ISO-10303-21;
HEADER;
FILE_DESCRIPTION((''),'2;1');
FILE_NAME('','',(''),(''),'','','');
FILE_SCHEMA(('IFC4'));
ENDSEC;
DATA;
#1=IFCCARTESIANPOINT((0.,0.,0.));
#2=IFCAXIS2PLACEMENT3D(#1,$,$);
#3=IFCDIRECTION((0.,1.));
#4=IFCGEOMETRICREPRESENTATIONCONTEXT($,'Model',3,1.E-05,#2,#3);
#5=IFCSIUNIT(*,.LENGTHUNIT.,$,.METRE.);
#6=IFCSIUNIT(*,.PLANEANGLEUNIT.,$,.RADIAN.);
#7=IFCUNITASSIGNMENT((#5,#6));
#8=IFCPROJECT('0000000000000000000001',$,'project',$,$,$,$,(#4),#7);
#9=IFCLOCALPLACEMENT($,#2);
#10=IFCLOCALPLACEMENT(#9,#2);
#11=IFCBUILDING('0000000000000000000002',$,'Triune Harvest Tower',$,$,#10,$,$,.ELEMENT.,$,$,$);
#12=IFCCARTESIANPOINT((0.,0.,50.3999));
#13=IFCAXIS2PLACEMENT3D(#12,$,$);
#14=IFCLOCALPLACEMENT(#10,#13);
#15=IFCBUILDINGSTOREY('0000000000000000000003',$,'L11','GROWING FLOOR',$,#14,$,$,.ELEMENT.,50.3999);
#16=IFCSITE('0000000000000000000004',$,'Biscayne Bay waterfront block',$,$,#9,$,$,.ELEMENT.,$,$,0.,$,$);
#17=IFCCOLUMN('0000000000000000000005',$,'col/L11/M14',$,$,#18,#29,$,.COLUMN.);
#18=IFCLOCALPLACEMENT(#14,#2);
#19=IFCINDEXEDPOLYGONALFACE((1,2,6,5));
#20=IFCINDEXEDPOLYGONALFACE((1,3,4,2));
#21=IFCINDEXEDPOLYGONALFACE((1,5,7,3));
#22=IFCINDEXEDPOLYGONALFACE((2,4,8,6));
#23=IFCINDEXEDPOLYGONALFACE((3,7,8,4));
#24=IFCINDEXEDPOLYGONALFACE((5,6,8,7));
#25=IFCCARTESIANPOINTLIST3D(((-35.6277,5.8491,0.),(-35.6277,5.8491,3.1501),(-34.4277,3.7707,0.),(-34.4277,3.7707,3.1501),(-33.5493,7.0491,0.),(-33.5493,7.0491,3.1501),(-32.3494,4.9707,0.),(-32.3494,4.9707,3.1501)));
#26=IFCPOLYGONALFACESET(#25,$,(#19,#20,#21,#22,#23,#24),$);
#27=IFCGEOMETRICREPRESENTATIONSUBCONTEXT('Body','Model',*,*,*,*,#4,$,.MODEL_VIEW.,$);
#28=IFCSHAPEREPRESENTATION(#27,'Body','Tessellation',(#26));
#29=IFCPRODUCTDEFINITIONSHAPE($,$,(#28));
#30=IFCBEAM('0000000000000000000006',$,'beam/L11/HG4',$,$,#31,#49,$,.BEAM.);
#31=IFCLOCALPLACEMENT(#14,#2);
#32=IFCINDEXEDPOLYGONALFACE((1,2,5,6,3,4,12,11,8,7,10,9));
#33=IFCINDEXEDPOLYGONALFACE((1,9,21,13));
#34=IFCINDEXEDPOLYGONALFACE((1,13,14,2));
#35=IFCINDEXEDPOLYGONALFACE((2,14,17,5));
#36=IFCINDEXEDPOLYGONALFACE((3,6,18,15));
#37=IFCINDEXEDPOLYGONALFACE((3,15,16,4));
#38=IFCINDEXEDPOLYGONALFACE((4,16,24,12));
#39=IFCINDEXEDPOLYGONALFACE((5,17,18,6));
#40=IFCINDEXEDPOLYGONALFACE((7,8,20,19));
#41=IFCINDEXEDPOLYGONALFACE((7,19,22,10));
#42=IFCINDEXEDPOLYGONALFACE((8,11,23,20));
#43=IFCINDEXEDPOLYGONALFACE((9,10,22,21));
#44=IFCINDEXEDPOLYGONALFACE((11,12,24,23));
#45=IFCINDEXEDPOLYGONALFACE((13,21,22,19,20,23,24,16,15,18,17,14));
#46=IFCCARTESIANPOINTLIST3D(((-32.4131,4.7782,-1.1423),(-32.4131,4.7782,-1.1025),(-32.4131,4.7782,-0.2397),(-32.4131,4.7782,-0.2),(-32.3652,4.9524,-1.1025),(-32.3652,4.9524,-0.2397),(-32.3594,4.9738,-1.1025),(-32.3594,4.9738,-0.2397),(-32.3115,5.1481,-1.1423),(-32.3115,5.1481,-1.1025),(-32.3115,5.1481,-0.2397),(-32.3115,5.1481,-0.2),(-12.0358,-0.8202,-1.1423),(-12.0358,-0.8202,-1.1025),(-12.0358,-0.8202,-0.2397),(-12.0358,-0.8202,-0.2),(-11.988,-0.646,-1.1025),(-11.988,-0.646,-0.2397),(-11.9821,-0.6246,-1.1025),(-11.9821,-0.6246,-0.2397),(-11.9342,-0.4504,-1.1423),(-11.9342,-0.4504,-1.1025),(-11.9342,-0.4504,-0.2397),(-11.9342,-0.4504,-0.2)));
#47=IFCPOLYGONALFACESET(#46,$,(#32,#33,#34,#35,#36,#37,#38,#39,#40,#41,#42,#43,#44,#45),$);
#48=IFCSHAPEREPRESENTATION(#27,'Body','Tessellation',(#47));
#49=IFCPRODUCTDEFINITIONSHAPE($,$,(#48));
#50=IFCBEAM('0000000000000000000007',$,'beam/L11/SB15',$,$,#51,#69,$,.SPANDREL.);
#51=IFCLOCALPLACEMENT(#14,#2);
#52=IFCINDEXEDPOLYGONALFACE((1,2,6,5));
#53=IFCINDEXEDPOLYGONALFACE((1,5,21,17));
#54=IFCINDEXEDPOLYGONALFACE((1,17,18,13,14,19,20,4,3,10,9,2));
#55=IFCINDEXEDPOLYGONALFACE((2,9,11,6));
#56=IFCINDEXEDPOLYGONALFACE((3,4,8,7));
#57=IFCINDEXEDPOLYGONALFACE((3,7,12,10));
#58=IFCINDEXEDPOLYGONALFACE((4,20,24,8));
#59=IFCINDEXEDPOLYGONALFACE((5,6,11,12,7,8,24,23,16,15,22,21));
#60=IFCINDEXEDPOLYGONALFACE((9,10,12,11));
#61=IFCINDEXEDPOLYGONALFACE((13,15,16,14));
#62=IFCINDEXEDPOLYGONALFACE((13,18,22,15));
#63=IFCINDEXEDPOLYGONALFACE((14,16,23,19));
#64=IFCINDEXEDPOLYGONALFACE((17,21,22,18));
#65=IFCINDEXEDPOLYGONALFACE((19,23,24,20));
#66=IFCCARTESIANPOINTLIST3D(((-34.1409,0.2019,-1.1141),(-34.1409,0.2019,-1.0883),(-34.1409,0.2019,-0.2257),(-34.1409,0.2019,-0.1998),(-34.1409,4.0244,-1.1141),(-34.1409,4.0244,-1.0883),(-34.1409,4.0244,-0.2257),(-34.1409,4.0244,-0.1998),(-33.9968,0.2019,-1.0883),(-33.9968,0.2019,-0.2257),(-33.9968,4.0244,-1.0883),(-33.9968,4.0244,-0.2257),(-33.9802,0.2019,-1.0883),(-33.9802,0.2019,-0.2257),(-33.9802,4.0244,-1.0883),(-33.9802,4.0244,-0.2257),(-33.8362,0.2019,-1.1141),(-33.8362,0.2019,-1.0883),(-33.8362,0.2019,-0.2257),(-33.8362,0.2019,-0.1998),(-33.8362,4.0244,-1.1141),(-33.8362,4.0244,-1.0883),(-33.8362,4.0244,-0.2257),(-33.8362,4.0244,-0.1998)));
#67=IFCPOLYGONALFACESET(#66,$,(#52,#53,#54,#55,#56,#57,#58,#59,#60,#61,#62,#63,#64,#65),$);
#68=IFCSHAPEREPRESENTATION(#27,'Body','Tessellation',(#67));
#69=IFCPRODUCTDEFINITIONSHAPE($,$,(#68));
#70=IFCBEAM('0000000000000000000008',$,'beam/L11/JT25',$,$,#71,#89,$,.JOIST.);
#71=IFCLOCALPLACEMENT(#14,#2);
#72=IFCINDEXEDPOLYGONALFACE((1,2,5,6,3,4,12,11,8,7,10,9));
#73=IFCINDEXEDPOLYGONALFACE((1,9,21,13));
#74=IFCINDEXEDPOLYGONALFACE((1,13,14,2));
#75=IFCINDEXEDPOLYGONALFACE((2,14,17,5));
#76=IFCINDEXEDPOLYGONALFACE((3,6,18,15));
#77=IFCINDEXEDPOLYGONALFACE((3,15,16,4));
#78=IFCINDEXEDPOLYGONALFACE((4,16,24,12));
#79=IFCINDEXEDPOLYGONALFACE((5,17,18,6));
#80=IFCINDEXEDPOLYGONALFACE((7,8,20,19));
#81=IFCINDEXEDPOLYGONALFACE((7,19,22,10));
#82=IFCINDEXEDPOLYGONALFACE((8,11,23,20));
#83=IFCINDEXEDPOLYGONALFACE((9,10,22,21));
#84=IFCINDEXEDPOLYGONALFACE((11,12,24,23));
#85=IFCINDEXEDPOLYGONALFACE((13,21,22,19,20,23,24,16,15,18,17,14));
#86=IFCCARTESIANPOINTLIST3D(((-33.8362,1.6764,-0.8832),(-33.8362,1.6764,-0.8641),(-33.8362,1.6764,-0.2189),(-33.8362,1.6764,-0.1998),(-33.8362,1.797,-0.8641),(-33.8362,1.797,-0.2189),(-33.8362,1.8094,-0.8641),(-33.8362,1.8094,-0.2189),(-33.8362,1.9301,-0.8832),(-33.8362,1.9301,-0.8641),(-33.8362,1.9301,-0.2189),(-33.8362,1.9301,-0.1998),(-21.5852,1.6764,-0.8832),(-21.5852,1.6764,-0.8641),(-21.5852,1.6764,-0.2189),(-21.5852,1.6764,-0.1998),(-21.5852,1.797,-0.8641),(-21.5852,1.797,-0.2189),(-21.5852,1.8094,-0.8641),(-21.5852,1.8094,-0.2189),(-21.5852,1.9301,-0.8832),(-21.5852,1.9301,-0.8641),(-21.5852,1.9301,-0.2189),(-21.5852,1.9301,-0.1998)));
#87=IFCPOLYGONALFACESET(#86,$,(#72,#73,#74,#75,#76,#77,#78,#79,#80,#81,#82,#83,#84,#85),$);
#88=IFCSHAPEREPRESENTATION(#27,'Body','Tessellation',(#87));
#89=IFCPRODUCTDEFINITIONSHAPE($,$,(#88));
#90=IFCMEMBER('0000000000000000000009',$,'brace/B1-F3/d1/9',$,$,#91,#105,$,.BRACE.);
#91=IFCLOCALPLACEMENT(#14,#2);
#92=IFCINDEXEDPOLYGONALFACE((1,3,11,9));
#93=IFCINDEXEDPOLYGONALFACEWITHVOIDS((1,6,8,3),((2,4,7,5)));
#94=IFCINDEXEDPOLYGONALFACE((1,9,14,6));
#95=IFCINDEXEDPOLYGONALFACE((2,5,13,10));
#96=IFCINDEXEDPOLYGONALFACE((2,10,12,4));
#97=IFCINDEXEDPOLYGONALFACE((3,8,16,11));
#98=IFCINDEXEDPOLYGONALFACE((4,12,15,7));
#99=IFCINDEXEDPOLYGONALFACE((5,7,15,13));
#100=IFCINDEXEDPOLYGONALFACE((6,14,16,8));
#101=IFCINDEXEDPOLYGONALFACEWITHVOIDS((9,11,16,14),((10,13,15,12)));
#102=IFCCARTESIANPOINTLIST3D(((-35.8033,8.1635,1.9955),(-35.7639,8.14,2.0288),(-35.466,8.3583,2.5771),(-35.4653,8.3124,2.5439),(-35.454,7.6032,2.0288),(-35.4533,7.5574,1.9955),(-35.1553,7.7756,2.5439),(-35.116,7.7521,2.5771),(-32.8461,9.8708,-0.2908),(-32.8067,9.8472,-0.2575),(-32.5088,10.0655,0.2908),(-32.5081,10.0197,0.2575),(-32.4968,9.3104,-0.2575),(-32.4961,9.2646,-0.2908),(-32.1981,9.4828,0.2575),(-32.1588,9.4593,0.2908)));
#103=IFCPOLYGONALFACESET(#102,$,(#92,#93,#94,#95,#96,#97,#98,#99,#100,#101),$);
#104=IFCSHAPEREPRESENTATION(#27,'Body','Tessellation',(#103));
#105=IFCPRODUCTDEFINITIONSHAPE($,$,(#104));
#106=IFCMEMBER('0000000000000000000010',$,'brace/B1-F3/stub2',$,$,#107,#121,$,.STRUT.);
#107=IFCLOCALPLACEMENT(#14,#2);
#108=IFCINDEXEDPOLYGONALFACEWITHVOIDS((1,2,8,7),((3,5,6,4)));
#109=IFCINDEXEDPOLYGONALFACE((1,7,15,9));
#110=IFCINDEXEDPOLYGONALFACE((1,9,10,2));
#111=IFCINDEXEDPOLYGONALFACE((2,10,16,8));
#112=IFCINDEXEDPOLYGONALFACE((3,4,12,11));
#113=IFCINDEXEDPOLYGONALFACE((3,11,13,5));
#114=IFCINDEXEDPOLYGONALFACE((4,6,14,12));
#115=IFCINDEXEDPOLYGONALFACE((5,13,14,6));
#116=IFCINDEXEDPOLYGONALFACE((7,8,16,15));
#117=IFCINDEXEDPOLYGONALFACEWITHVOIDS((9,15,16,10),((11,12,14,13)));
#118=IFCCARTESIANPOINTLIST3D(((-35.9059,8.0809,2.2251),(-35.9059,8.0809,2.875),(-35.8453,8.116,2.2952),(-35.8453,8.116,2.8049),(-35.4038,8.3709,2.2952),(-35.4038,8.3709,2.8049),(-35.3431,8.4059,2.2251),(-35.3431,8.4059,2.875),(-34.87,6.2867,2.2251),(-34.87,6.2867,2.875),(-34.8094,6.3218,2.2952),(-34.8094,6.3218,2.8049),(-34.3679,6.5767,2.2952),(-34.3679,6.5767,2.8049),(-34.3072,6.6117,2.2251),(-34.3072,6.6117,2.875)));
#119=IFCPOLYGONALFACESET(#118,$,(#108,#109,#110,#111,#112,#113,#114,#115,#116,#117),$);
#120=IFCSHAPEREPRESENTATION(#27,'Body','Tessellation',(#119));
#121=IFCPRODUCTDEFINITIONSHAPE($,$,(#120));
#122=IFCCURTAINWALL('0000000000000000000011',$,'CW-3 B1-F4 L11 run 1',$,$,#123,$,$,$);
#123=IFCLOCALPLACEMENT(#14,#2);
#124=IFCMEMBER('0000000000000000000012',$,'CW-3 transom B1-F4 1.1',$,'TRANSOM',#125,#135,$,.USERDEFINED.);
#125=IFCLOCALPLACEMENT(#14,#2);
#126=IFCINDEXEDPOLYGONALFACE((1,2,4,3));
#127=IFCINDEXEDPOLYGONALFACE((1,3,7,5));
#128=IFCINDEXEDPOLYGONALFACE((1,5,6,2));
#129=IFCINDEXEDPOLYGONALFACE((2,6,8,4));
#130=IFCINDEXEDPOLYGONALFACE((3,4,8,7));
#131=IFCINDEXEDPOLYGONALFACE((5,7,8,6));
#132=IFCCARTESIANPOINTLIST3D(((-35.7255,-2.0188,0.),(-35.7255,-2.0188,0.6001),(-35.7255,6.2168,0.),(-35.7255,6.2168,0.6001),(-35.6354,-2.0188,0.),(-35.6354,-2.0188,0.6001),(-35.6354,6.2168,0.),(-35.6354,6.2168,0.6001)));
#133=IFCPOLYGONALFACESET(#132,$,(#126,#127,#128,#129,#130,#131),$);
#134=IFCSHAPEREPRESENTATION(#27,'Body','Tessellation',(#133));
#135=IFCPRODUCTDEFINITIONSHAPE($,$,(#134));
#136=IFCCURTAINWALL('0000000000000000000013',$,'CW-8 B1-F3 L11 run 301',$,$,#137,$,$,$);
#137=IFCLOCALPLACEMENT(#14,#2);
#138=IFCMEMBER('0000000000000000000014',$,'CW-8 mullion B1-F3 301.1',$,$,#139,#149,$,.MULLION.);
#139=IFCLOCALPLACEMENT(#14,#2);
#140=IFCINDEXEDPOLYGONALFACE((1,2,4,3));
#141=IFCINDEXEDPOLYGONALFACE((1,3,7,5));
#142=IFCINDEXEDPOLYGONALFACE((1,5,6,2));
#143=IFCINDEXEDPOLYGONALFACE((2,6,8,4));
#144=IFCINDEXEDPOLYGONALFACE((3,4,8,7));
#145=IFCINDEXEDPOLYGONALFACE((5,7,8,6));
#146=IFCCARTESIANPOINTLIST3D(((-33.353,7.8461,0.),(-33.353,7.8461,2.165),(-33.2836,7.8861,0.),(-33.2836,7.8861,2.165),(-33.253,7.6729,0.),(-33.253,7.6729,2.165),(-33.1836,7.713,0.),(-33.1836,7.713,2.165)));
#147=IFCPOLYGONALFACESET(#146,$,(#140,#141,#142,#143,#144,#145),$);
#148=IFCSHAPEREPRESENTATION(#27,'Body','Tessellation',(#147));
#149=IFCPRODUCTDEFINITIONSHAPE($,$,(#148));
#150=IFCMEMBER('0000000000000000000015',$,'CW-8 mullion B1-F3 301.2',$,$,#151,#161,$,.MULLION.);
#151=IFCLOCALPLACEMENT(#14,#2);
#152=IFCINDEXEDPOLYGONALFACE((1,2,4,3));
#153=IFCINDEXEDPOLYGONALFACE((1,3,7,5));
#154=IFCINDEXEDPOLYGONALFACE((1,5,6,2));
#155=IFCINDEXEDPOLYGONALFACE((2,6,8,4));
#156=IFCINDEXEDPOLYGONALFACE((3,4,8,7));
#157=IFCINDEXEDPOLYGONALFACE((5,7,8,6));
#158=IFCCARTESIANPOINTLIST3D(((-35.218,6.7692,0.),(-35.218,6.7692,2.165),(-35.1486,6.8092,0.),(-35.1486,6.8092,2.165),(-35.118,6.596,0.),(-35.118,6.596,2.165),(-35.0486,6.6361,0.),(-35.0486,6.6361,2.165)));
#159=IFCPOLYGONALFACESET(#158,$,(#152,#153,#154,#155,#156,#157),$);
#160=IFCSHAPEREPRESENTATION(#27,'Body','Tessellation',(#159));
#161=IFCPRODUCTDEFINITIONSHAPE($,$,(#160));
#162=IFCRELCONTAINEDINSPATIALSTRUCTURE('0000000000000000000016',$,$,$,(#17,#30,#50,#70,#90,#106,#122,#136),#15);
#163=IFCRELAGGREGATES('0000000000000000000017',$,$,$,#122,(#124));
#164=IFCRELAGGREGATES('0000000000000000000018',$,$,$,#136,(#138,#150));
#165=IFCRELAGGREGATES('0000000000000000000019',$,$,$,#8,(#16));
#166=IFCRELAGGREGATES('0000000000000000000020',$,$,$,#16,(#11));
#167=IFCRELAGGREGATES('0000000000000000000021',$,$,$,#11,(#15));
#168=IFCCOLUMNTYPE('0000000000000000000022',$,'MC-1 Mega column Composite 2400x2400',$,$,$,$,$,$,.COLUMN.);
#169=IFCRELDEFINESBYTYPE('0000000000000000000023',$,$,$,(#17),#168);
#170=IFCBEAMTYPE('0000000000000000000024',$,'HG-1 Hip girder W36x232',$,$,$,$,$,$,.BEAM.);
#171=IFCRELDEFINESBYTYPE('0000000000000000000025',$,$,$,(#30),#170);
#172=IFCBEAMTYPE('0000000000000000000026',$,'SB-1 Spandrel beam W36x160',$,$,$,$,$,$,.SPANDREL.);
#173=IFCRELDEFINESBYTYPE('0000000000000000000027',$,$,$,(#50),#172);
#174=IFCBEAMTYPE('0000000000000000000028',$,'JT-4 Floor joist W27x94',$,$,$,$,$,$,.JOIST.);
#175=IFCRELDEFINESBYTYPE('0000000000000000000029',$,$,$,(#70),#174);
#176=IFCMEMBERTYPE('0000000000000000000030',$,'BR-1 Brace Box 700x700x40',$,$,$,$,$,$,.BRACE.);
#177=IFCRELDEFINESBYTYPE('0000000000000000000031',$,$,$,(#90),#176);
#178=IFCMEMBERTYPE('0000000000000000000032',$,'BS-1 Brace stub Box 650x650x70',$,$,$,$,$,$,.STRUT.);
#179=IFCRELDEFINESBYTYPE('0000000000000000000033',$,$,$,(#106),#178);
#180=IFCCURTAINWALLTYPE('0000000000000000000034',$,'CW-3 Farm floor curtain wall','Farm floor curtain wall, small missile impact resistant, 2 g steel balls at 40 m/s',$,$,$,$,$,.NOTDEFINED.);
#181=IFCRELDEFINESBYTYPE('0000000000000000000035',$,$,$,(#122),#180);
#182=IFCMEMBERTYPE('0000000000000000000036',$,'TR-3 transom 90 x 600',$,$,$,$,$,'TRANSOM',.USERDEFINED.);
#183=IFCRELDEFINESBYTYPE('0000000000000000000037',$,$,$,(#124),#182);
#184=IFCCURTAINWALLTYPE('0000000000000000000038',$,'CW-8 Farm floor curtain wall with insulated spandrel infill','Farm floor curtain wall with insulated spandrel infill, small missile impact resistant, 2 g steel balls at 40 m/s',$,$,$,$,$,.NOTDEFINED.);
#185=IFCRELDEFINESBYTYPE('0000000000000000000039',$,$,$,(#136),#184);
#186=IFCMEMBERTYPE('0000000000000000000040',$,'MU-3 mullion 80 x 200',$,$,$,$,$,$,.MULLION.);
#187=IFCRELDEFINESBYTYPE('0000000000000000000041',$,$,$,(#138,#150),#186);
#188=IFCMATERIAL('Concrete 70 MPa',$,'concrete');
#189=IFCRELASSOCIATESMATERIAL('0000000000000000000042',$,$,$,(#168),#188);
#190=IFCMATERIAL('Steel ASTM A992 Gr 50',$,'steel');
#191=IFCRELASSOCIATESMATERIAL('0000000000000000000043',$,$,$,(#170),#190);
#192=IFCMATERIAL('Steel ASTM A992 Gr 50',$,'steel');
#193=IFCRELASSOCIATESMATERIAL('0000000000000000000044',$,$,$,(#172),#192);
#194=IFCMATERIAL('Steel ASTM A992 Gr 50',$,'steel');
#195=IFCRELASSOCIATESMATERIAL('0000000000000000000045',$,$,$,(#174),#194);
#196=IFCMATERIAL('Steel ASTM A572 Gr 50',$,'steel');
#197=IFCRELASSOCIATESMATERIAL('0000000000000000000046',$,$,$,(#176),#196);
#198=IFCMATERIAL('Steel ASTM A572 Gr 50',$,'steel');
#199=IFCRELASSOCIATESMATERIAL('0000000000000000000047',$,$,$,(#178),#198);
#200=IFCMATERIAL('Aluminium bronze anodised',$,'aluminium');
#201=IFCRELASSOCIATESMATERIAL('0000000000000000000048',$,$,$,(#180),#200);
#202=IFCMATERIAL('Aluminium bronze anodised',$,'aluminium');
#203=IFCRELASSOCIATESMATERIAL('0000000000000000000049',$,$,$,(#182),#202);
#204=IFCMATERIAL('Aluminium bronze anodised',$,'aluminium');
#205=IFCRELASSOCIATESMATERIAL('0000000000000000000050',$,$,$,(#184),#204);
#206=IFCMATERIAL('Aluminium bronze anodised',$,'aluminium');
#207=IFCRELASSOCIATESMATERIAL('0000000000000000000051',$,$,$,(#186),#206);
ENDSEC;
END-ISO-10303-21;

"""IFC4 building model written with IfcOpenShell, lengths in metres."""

from ifc_helpers import new_model, si_unit, direction, frame, origin, origin_2d, place, context, subcontext, project, spatial, rectangle, hollow_rectangle, i_section, extrude, source, transform, mapped, material, material_profile, profile_set, type_object, element, aggregate, save


model = new_model("IFC4")

# Units and contexts
model_context = context("Model", 3, precision=1e-05, world=origin(), true_north=direction((0.0, 1.0)))
body_context = subcontext(model_context, "Body", "Model", "MODEL_VIEW")
ifc_project = project(units=[si_unit("LENGTHUNIT", "METRE"), si_unit("PLANEANGLEUNIT", "RADIAN")], contexts=[model_context])

# Site, building, storey
site_placement = place(None, origin())
site = spatial("IfcSite", under=ifc_project, at=site_placement, Name="Biscayne Bay waterfront block", CompositionType="ELEMENT", RefElevation=0.0)
building_placement = place(site_placement, origin())
building = spatial("IfcBuilding", under=site, at=building_placement, Name="Triune Harvest Tower", CompositionType="ELEMENT")
storey_placement = place(building_placement, frame((0.0, 0.0, 50.3999)))
storey = spatial("IfcBuildingStorey", under=building, at=storey_placement, Name="L11", Description="GROWING FLOOR", CompositionType="ELEMENT", Elevation=50.3999)

# Column
ifc_material_1 = material(Name="Concrete 70 MPa", Category="concrete")
ifc_material_profile_1 = material_profile(ifc_material_1, rectangle(XDim=2.3999, YDim=2.3999, at=origin_2d()), Name="Composite 2400x2400")
ifc_profile_set_1 = profile_set([ifc_material_profile_1], Name="Concrete 70 MPa")
column_type = type_object("IfcColumnType", Name="MC-1 Mega column Composite 2400x2400", PredefinedType="COLUMN", material=ifc_profile_set_1)
shared_shape_1 = source(origin(), body_context, "Body", "SweptSolid", [
    extrude(rectangle(XDim=2.3999, YDim=2.3999, at=origin_2d()), origin(), (0.0, 0.0, 1.0), 3.1501),
])
column_placement = place(storey_placement, frame((-33.9885, 5.4099, 0.0), z_axis=(0.0, 0.0, 1.0), x_axis=(-0.866025, -0.5, 0.0)))
element("IfcColumn", 1, at=column_placement, inside=storey, type_object=column_type, Name="col/L11/M14", PredefinedType="COLUMN", context=body_context, shape_type="MappedRepresentation", body=[
    mapped(shared_shape_1, transform((0.0, 0.0, 0.0), scale=1.0)),
])

# Beams
ifc_material_2 = material(Name="Steel ASTM A992 Gr 50", Category="steel")
ifc_material_profile_2 = material_profile(ifc_material_2, i_section(OverallWidth=0.3835, OverallDepth=0.9424, WebThickness=0.0222, FlangeThickness=0.0398, at=origin_2d()), Name="W36x232")
ifc_profile_set_2 = profile_set([ifc_material_profile_2], Name="Steel ASTM A992 Gr 50")
beam_type_1 = type_object("IfcBeamType", Name="HG-1 Hip girder W36x232", PredefinedType="BEAM", material=ifc_profile_set_2)
shared_shape_2 = source(origin(), body_context, "Body", "SweptSolid", [
    extrude(i_section(OverallWidth=0.3835, OverallDepth=0.9424, WebThickness=0.0222, FlangeThickness=0.0398, at=origin_2d()), origin(), (0.0, 0.0, 1.0), 21.1323),
])
beam_1_placement = place(storey_placement, frame((-32.3623, 4.9631, -0.6711), z_axis=(0.96427, -0.264922, 0.0), x_axis=(0.264922, 0.96427, 0.0)))
element("IfcBeam", 2, at=beam_1_placement, inside=storey, type_object=beam_type_1, Name="beam/L11/HG4", PredefinedType="BEAM", context=body_context, shape_type="MappedRepresentation", body=[
    mapped(shared_shape_2, transform((0.0, 0.0, 0.0), scale=1.0)),
])
ifc_material_3 = material(Name="Steel ASTM A992 Gr 50", Category="steel")
ifc_material_profile_3 = material_profile(ifc_material_3, i_section(OverallWidth=0.3047, OverallDepth=0.9143, WebThickness=0.0166, FlangeThickness=0.0259, at=origin_2d()), Name="W36x160")
ifc_profile_set_3 = profile_set([ifc_material_profile_3], Name="Steel ASTM A992 Gr 50")
beam_type_2 = type_object("IfcBeamType", Name="SB-1 Spandrel beam W36x160", PredefinedType="SPANDREL", material=ifc_profile_set_3)
shared_shape_3 = source(origin(), body_context, "Body", "SweptSolid", [
    extrude(i_section(OverallWidth=0.3047, OverallDepth=0.9143, WebThickness=0.0166, FlangeThickness=0.0259, at=origin_2d()), origin(), (0.0, 0.0, 1.0), 3.8225),
])
beam_2_placement = place(storey_placement, frame((-33.9885, 4.0244, -0.657), z_axis=(0.0, -1.0, 0.0), x_axis=(1.0, 0.0, 0.0)))
element("IfcBeam", 3, at=beam_2_placement, inside=storey, type_object=beam_type_2, Name="beam/L11/SB15", PredefinedType="SPANDREL", context=body_context, shape_type="MappedRepresentation", body=[
    mapped(shared_shape_3, transform((0.0, 0.0, 0.0), scale=1.0)),
])
ifc_material_4 = material(Name="Steel ASTM A992 Gr 50", Category="steel")
ifc_material_profile_4 = material_profile(ifc_material_4, i_section(OverallWidth=0.2537, OverallDepth=0.6833, WebThickness=0.0125, FlangeThickness=0.019, at=origin_2d()), Name="W27x94")
ifc_profile_set_4 = profile_set([ifc_material_profile_4], Name="Steel ASTM A992 Gr 50")
beam_type_3 = type_object("IfcBeamType", Name="JT-4 Floor joist W27x94", PredefinedType="JOIST", material=ifc_profile_set_4)
shared_shape_4 = source(origin(), body_context, "Body", "SweptSolid", [
    extrude(i_section(OverallWidth=0.2537, OverallDepth=0.6833, WebThickness=0.0125, FlangeThickness=0.019, at=origin_2d()), origin(), (0.0, 0.0, 1.0), 12.251),
])
beam_3_placement = place(storey_placement, frame((-33.8362, 1.8032, -0.5415), z_axis=(1.0, 0.0, 0.0), x_axis=(0.0, 1.0, 0.0)))
element("IfcBeam", 4, at=beam_3_placement, inside=storey, type_object=beam_type_3, Name="beam/L11/JT25", PredefinedType="JOIST", context=body_context, shape_type="MappedRepresentation", body=[
    mapped(shared_shape_4, transform((0.0, 0.0, 0.0), scale=1.0)),
])

# Members
ifc_material_5 = material(Name="Steel ASTM A572 Gr 50", Category="steel")
ifc_material_profile_5 = material_profile(ifc_material_5, hollow_rectangle(XDim=0.7, YDim=0.7, WallThickness=0.04, at=origin_2d()), Name="Box 700x700x40")
ifc_profile_set_5 = profile_set([ifc_material_profile_5], Name="Steel ASTM A572 Gr 50")
member_type_1 = type_object("IfcMemberType", Name="BR-1 Brace Box 700x700x40", PredefinedType="BRACE", material=ifc_profile_set_5)
shared_shape_5 = source(origin(), body_context, "Body", "SweptSolid", [
    extrude(hollow_rectangle(XDim=0.7, YDim=0.7, WallThickness=0.04, at=origin_2d()), origin(), (0.0, 0.0, 1.0), 4.1094),
])
member_1_placement = place(storey_placement, frame((-32.5024, 9.665, 0.0), z_axis=(-0.719624, -0.415449, 0.556367), x_axis=(0.499976, -0.866039, 0.0)))
element("IfcMember", 5, at=member_1_placement, inside=storey, type_object=member_type_1, Name="brace/B1-F3/d1/9", PredefinedType="BRACE", context=body_context, shape_type="MappedRepresentation", body=[
    mapped(shared_shape_5, transform((0.0, 0.0, 0.0), scale=1.0)),
])
ifc_material_6 = material(Name="Steel ASTM A572 Gr 50", Category="steel")
ifc_material_profile_6 = material_profile(ifc_material_6, hollow_rectangle(XDim=0.6499, YDim=0.6499, WallThickness=0.0701, at=origin_2d()), Name="Box 650x650x70")
ifc_profile_set_6 = profile_set([ifc_material_profile_6], Name="Steel ASTM A572 Gr 50")
member_type_2 = type_object("IfcMemberType", Name="BS-1 Brace stub Box 650x650x70", PredefinedType="STRUT", material=ifc_profile_set_6)
shared_shape_6 = source(origin(), body_context, "Body", "SweptSolid", [
    extrude(hollow_rectangle(XDim=0.6499, YDim=0.6499, WallThickness=0.0701, at=origin_2d()), origin(), (0.0, 0.0, 1.0), 2.0718),
])
member_2_placement = place(storey_placement, frame((-34.5886, 6.4492, 2.55), z_axis=(-0.500005, 0.866023, 0.0), x_axis=(-0.866023, -0.500005, 0.0)))
element("IfcMember", 6, at=member_2_placement, inside=storey, type_object=member_type_2, Name="brace/B1-F3/stub2", PredefinedType="STRUT", context=body_context, shape_type="MappedRepresentation", body=[
    mapped(shared_shape_6, transform((0.0, 0.0, 0.0), scale=1.0)),
])

# Curtain wall, member
ifc_material_7 = material(Name="Aluminium bronze anodised", Category="aluminium")
curtain_wall_type_1 = type_object("IfcCurtainWallType", Name="CW-3 Farm floor curtain wall", Description="Farm floor curtain wall, small missile impact resistant, 2 g steel balls at 40 m/s", PredefinedType="NOTDEFINED", material=ifc_material_7)
curtain_wall_1_placement = place(storey_placement, origin())
curtain_wall_1 = element("IfcCurtainWall", 7, at=curtain_wall_1_placement, inside=storey, type_object=curtain_wall_type_1, Name="CW-3 B1-F4 L11 run 1")
ifc_material_8 = material(Name="Aluminium bronze anodised", Category="aluminium")
ifc_material_profile_7 = material_profile(ifc_material_8, rectangle(XDim=0.0901, YDim=0.6001, at=origin_2d()), Name="TR-3 transom 90 x 600")
ifc_profile_set_7 = profile_set([ifc_material_profile_7], Name="Aluminium bronze anodised")
member_type_3 = type_object("IfcMemberType", Name="TR-3 transom 90 x 600", ElementType="TRANSOM", PredefinedType="USERDEFINED", material=ifc_profile_set_7)
shared_shape_7 = source(origin(), body_context, "Body", "SweptSolid", [
    extrude(rectangle(XDim=0.0901, YDim=0.6001, at=origin_2d()), origin(), (0.0, 0.0, 1.0), 8.2356),
])
member_3_placement = place(storey_placement, frame((-35.6804, 6.2168, 0.3), z_axis=(0.0, -1.0, 0.0), x_axis=(1.0, 0.0, 0.0)))
member_3 = element("IfcMember", 8, at=member_3_placement, type_object=member_type_3, Name="CW-3 transom B1-F4 1.1", ObjectType="TRANSOM", PredefinedType="USERDEFINED", context=body_context, shape_type="MappedRepresentation", body=[
    mapped(shared_shape_7, transform((0.0, 0.0, 0.0), scale=1.0)),
])

# Curtain wall, members
ifc_material_9 = material(Name="Aluminium bronze anodised", Category="aluminium")
curtain_wall_type_2 = type_object("IfcCurtainWallType", Name="CW-8 Farm floor curtain wall with insulated spandrel infill", Description="Farm floor curtain wall with insulated spandrel infill, small missile impact resistant, 2 g steel balls at 40 m/s", PredefinedType="NOTDEFINED", material=ifc_material_9)
curtain_wall_2_placement = place(storey_placement, origin())
curtain_wall_2 = element("IfcCurtainWall", 9, at=curtain_wall_2_placement, inside=storey, type_object=curtain_wall_type_2, Name="CW-8 B1-F3 L11 run 301")
ifc_material_10 = material(Name="Aluminium bronze anodised", Category="aluminium")
ifc_material_profile_8 = material_profile(ifc_material_10, rectangle(XDim=0.2, YDim=0.0801, at=origin_2d()), Name="MU-3 mullion 80 x 200")
ifc_profile_set_8 = profile_set([ifc_material_profile_8], Name="Aluminium bronze anodised")
member_type_4 = type_object("IfcMemberType", Name="MU-3 mullion 80 x 200", PredefinedType="MULLION", material=ifc_profile_set_8)
shared_shape_8 = source(origin(), body_context, "Body", "SweptSolid", [
    extrude(rectangle(XDim=0.2, YDim=0.0801, at=origin_2d()), origin(), (0.0, 0.0, 1.0), 2.165),
])
member_4_placement = place(storey_placement, frame((-33.2683, 7.7795, 0.0), z_axis=(0.0, 0.0, 1.0), x_axis=(0.499991, -0.866031, 0.0)))
member_4 = element("IfcMember", 10, at=member_4_placement, type_object=member_type_4, Name="CW-8 mullion B1-F3 301.1", PredefinedType="MULLION", context=body_context, shape_type="MappedRepresentation", body=[
    mapped(shared_shape_8, transform((0.0, 0.0, 0.0), scale=1.0)),
])
member_5_placement = place(storey_placement, frame((-35.1333, 6.7026, 0.0), z_axis=(0.0, 0.0, 1.0), x_axis=(0.499991, -0.866031, 0.0)))
member_5 = element("IfcMember", 11, at=member_5_placement, type_object=member_type_4, Name="CW-8 mullion B1-F3 301.2", PredefinedType="MULLION", context=body_context, shape_type="MappedRepresentation", body=[
    mapped(shared_shape_8, transform((0.0, 0.0, 0.0), scale=1.0)),
])

aggregate(curtain_wall_1, [member_3])
aggregate(curtain_wall_2, [member_4, member_5])

save(model, "model.ifc")
